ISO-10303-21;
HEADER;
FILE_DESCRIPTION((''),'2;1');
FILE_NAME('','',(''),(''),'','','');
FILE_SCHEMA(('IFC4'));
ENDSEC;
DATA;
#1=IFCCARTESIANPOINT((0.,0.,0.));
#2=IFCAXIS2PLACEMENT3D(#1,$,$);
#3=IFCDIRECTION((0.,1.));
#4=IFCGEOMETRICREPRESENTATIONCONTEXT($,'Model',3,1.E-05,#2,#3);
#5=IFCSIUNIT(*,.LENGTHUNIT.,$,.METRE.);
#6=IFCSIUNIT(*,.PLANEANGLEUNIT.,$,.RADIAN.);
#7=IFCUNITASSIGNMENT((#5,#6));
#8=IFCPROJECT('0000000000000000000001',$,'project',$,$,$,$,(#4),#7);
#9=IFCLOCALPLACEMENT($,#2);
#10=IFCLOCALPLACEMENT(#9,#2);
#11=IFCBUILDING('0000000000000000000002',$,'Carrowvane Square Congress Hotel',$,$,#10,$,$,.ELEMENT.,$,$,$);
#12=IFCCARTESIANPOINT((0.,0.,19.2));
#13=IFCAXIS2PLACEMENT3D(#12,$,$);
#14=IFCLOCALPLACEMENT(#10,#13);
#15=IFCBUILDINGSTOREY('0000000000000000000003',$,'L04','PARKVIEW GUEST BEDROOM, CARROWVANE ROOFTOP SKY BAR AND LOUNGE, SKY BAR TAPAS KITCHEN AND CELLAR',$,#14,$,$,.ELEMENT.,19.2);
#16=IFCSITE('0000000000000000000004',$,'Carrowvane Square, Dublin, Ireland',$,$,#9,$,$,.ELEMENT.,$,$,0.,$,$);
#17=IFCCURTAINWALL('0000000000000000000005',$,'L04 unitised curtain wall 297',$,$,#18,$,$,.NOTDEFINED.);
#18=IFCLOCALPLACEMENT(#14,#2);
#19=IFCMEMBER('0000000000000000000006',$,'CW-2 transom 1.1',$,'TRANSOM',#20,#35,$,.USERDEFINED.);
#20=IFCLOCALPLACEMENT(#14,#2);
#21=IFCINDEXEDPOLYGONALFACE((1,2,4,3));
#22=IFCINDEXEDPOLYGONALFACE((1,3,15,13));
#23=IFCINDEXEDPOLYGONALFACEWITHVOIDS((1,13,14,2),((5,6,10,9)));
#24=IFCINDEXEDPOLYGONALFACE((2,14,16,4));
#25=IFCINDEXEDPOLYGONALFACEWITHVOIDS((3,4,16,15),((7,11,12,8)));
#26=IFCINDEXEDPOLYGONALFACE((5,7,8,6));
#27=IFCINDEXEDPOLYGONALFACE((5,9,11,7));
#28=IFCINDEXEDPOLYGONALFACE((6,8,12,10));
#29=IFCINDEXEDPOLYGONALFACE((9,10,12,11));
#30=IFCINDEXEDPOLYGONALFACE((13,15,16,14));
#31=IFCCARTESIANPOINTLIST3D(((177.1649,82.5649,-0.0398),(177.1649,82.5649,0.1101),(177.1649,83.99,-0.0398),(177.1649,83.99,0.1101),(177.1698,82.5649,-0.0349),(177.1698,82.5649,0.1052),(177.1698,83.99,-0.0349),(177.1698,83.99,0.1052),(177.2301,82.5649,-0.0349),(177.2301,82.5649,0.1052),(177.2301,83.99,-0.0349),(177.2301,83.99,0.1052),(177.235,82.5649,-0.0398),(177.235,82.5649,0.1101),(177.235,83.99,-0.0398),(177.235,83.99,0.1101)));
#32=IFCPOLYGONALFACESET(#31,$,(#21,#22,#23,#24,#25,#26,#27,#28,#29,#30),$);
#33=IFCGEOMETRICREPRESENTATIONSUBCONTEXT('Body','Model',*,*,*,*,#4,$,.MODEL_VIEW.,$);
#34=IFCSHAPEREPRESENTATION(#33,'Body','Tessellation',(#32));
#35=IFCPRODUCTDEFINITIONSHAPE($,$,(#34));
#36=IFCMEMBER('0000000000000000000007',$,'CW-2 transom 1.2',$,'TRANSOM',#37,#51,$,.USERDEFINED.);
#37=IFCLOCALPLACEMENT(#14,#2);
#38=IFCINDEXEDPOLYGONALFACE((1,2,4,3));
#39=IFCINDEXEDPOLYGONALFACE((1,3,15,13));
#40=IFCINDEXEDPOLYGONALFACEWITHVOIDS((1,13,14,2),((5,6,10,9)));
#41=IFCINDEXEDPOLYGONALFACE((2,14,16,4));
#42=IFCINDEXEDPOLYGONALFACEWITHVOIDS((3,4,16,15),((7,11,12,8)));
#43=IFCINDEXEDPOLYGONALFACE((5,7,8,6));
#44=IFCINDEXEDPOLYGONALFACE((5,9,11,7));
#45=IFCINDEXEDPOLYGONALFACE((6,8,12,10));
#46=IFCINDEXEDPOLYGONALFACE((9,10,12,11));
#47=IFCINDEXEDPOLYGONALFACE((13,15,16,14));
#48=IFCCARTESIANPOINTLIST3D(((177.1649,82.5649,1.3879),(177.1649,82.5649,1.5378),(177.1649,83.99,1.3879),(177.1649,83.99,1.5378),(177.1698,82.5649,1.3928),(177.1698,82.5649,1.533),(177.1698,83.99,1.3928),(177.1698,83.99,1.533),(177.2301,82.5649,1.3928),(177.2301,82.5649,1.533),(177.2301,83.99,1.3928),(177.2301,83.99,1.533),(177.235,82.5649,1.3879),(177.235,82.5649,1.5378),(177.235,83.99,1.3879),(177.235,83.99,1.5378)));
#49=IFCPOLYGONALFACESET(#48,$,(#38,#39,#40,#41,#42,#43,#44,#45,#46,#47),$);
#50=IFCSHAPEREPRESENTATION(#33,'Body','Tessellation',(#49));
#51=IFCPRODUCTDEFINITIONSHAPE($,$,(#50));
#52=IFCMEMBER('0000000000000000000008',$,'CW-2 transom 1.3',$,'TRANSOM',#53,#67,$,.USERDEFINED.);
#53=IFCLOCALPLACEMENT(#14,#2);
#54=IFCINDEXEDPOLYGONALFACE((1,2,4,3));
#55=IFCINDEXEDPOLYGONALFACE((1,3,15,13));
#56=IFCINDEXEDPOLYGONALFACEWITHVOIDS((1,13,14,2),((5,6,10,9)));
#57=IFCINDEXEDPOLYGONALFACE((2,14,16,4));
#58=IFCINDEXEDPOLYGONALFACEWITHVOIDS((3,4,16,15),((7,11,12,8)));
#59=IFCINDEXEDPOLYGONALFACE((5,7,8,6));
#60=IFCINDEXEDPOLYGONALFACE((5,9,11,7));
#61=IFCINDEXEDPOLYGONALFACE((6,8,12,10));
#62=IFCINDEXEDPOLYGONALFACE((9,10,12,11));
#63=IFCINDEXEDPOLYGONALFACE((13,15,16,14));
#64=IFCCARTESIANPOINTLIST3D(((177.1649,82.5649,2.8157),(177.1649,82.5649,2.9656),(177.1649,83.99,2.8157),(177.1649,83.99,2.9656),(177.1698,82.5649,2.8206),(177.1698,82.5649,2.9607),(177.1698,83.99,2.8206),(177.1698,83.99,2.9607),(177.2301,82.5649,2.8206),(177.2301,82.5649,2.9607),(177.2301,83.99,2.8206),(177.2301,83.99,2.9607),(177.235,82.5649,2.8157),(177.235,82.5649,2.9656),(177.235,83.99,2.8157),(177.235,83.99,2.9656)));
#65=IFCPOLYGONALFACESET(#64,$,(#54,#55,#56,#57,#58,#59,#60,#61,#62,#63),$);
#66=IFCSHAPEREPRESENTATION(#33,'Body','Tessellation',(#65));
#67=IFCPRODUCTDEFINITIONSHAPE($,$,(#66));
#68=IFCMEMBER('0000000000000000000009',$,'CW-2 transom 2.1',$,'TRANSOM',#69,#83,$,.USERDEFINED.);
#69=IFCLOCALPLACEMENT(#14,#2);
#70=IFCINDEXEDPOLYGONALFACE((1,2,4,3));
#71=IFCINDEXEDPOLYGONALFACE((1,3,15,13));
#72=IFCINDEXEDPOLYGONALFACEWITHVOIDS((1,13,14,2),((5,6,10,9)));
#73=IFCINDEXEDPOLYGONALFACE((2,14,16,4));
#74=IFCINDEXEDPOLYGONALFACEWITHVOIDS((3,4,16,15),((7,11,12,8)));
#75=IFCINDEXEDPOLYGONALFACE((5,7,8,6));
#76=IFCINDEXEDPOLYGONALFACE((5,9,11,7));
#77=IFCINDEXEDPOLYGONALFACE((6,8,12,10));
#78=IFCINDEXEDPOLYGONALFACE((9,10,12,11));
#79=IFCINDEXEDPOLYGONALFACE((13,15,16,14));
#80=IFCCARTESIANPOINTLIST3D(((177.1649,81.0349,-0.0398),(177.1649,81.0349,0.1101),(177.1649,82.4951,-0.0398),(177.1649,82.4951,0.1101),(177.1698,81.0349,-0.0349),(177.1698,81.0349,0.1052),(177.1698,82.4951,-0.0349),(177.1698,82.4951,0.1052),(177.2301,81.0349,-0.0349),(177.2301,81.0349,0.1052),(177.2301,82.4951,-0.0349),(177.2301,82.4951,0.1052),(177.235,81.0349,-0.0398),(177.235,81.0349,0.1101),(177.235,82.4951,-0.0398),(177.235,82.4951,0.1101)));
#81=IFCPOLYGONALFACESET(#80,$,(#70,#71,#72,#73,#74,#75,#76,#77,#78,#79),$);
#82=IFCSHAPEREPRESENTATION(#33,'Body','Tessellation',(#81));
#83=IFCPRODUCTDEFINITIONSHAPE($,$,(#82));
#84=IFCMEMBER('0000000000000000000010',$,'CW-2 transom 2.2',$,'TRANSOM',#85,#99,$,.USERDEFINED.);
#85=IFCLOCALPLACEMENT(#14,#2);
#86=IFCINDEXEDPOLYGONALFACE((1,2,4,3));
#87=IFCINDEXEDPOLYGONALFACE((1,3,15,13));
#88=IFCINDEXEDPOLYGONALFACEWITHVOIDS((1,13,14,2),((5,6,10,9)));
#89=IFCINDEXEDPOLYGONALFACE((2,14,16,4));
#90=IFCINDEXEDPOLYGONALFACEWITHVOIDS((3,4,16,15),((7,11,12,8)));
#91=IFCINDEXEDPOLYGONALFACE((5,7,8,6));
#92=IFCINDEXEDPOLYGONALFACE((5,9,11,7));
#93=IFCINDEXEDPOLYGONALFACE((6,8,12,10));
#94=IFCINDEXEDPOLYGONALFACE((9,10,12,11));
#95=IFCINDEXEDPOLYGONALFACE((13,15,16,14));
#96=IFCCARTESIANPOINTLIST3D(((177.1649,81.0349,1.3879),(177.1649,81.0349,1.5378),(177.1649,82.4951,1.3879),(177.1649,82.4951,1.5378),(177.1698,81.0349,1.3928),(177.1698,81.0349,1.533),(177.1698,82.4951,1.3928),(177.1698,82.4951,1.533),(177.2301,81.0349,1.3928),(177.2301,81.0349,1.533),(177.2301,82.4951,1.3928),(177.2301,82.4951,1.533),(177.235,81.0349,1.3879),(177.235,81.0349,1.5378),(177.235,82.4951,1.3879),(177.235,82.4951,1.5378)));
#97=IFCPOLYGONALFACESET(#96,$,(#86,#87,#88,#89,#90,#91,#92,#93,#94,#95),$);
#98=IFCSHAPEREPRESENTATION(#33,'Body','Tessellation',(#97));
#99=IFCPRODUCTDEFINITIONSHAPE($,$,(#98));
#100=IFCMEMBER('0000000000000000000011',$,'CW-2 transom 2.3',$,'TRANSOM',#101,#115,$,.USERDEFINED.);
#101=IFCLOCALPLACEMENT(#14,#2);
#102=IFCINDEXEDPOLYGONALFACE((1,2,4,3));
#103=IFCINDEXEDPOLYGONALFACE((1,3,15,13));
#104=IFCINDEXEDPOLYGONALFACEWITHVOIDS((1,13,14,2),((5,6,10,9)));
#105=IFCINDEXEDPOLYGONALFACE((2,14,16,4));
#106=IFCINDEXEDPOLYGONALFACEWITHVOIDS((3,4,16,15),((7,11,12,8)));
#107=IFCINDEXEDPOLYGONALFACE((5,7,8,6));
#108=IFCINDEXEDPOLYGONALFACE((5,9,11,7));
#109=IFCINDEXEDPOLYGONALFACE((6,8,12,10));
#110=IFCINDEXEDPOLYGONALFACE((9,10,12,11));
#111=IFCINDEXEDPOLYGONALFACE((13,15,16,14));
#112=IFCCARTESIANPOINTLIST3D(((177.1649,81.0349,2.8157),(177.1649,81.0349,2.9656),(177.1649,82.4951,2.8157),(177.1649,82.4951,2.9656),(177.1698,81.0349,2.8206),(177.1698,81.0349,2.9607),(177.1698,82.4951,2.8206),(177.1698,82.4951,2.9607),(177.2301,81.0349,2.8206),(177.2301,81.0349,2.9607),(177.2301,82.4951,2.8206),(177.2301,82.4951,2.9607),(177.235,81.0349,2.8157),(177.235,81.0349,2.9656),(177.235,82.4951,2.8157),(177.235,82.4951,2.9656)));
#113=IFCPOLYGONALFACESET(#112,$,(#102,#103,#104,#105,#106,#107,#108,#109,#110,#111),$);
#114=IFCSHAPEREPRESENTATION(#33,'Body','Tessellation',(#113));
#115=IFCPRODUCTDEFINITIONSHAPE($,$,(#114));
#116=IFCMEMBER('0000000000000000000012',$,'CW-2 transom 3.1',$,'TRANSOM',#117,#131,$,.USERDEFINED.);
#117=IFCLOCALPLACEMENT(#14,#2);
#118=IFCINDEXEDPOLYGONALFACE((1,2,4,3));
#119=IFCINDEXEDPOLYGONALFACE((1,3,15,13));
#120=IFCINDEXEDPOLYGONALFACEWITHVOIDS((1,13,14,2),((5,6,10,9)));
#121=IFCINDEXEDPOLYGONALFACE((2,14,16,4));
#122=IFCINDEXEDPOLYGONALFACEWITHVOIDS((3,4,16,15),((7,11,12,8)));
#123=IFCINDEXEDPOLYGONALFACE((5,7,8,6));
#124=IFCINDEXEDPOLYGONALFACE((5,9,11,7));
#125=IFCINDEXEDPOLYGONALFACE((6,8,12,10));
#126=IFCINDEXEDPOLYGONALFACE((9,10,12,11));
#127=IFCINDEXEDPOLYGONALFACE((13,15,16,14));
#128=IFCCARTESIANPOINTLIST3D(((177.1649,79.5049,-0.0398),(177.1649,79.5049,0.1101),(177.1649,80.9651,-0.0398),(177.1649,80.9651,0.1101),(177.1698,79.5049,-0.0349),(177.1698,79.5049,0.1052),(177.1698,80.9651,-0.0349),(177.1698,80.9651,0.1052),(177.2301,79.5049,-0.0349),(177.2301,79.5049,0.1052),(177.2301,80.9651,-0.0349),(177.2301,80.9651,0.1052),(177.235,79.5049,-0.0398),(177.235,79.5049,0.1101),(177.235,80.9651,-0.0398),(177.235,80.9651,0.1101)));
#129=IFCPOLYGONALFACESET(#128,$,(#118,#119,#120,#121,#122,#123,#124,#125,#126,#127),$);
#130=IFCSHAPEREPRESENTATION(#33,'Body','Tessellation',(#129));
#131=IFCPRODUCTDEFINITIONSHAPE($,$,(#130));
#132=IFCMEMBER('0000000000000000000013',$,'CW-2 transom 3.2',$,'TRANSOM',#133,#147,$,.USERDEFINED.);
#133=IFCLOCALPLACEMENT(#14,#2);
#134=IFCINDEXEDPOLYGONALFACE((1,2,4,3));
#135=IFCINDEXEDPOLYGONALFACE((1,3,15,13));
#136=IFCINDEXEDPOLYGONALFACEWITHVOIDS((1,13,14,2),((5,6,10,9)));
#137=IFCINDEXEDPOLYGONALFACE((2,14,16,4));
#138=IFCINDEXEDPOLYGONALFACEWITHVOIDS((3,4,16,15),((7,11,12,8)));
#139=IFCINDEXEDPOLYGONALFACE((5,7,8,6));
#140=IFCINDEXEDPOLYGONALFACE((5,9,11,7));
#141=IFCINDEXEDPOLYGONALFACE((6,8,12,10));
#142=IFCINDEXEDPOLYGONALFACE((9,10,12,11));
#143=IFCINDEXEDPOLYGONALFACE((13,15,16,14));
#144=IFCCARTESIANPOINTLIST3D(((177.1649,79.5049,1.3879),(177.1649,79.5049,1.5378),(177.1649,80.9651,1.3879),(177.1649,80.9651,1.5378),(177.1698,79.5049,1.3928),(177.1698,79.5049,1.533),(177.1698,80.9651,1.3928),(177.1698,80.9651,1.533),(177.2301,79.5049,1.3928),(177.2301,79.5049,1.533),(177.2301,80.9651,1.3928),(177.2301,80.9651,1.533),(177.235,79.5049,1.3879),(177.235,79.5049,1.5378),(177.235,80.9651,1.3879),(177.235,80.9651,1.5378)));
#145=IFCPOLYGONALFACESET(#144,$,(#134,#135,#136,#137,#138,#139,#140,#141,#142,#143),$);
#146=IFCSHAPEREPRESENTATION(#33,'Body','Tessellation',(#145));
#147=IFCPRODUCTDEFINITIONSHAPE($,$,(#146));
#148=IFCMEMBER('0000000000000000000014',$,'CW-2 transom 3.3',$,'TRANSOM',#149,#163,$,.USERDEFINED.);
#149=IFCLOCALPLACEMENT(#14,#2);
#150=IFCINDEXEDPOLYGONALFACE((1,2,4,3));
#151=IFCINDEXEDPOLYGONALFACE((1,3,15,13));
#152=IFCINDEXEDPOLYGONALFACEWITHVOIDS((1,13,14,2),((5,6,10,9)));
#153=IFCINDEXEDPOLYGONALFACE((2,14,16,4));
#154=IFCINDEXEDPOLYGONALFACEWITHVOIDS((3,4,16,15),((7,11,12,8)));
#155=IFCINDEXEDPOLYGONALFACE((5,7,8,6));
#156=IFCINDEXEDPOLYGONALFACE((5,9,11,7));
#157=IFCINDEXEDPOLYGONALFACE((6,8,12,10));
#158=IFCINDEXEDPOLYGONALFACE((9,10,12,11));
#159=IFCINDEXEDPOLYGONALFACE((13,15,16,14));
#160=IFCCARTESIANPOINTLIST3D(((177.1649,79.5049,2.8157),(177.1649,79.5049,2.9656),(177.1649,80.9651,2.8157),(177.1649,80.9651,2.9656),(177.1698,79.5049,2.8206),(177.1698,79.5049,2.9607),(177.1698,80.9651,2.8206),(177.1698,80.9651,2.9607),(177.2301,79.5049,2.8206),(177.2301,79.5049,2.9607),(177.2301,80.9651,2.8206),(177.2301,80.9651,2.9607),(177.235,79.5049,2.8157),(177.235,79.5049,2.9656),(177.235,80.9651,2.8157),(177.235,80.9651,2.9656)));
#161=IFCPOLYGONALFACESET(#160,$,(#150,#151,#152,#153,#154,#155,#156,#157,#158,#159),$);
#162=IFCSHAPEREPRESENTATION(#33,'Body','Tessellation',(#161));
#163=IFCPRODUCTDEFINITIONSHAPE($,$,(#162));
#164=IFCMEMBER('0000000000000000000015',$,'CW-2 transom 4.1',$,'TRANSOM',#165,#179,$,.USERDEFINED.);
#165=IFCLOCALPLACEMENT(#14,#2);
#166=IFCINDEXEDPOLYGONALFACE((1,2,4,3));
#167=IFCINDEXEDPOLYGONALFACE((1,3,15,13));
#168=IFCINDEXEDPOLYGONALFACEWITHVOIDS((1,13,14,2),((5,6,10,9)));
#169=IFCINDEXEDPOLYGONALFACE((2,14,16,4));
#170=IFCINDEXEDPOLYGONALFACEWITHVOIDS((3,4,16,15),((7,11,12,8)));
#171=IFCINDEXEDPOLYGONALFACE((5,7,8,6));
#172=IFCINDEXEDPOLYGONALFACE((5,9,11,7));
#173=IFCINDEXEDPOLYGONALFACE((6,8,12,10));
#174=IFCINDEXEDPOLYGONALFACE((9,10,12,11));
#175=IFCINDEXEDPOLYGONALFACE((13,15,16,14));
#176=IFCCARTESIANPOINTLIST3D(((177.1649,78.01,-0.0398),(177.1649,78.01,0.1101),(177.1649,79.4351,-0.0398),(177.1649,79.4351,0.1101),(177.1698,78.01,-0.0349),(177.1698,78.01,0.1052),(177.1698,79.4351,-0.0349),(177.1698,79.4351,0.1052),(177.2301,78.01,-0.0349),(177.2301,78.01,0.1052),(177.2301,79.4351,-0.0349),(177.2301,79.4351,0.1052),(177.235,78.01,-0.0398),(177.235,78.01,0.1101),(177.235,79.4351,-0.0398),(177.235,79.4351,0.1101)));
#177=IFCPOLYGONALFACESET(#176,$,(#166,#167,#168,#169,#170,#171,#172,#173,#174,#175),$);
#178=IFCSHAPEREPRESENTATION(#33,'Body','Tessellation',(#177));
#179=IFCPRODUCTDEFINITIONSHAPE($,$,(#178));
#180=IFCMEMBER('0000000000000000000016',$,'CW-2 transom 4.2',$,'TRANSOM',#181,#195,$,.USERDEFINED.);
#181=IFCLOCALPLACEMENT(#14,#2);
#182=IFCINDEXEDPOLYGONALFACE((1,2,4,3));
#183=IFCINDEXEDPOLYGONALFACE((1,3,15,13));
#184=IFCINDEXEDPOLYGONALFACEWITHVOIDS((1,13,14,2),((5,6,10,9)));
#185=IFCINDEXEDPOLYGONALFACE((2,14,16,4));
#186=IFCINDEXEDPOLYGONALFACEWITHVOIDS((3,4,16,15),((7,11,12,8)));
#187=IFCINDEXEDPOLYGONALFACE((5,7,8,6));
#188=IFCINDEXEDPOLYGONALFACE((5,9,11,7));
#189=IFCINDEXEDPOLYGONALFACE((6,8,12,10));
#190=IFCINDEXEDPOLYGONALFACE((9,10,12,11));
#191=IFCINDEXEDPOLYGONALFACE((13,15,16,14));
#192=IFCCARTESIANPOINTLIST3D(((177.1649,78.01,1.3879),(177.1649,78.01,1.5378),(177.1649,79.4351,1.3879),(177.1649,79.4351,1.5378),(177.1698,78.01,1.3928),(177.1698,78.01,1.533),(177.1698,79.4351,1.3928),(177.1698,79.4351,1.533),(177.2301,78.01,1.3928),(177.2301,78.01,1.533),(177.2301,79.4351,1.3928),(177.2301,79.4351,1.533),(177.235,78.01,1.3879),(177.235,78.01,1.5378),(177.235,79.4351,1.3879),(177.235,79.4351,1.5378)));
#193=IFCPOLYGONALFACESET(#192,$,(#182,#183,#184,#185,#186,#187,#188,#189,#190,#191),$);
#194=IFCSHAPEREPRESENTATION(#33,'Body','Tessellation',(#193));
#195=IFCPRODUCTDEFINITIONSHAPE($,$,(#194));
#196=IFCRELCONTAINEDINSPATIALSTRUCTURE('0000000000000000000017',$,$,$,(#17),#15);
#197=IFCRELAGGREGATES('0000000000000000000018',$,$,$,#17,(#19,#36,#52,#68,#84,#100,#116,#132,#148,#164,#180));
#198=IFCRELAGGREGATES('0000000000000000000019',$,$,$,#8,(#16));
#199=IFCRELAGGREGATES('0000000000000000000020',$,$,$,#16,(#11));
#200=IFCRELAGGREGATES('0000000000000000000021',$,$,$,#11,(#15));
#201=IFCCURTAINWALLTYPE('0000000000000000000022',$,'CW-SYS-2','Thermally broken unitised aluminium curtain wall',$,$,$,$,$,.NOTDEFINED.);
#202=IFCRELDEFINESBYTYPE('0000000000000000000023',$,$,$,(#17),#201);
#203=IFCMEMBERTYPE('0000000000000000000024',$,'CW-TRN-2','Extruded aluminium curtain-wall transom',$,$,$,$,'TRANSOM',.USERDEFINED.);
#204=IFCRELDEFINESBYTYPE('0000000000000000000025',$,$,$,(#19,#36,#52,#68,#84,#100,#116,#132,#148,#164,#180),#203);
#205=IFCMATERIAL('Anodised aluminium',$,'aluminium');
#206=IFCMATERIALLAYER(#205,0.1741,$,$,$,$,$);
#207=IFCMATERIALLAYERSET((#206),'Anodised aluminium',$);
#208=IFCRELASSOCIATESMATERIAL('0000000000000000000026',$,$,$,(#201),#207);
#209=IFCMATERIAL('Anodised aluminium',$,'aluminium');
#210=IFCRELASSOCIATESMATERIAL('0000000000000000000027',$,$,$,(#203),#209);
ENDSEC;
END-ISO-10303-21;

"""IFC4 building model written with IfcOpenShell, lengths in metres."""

from ifc_helpers import new_model, si_unit, direction, frame, origin, origin_2d, place, context, subcontext, project, spatial, hollow_rectangle, extrude, material, layer, layer_set, material_profile, profile_set, type_object, element, aggregate, save


model = new_model("IFC4")

# Units and contexts
model_context = context("Model", 3, precision=1e-05, world=origin(), true_north=direction((0.0, 1.0)))
body_context = subcontext(model_context, "Body", "Model", "MODEL_VIEW")
ifc_project = project(units=[si_unit("LENGTHUNIT", "METRE"), si_unit("PLANEANGLEUNIT", "RADIAN")], contexts=[model_context])

# Site, building, storey
site_placement = place(None, origin())
site = spatial("IfcSite", under=ifc_project, at=site_placement, Name="Carrowvane Square, Dublin, Ireland", CompositionType="ELEMENT", RefElevation=0.0)
building_placement = place(site_placement, origin())
building = spatial("IfcBuilding", under=site, at=building_placement, Name="Carrowvane Square Congress Hotel", CompositionType="ELEMENT")
storey_placement = place(building_placement, frame((0.0, 0.0, 19.2)))
storey = spatial("IfcBuildingStorey", under=building, at=storey_placement, Name="L04", Description="PARKVIEW GUEST BEDROOM, CARROWVANE ROOFTOP SKY BAR AND LOUNGE, SKY BAR TAPAS KITCHEN AND CELLAR", CompositionType="ELEMENT", Elevation=19.2)

# Curtain wall, members
ifc_material_1 = material(Name="Anodised aluminium", Category="aluminium")
ifc_layer_1 = layer(ifc_material_1, 0.1741)
ifc_layer_set_1 = layer_set([ifc_layer_1], Name="Anodised aluminium")
curtain_wall_type = type_object("IfcCurtainWallType", Name="CW-SYS-2", Description="Thermally broken unitised aluminium curtain wall", PredefinedType="NOTDEFINED", material=ifc_layer_set_1)
curtain_wall_placement = place(storey_placement, origin())
curtain_wall = element("IfcCurtainWall", 1, at=curtain_wall_placement, inside=storey, type_object=curtain_wall_type, Name="L04 unitised curtain wall 297", PredefinedType="NOTDEFINED")
ifc_material_2 = material(Name="Anodised aluminium", Category="aluminium")
ifc_material_profile_1 = material_profile(ifc_material_2, hollow_rectangle(XDim=0.0701, YDim=0.1499, WallThickness=0.0049, at=origin_2d()), Name="CW-TR 70x150x5")
ifc_profile_set_1 = profile_set([ifc_material_profile_1], Name="Anodised aluminium")
member_type_1 = type_object("IfcMemberType", Name="CW-TRN-2", Description="Extruded aluminium curtain-wall transom", ElementType="TRANSOM", PredefinedType="USERDEFINED", material=ifc_profile_set_1)
member_1_placement = place(storey_placement, frame((177.2, 83.99, 0.0352), z_axis=(0.0, -1.0, 0.0), x_axis=(1.0, 0.0, 0.0)))
member_1 = element("IfcMember", 2, at=member_1_placement, type_object=member_type_1, Name="CW-2 transom 1.1", ObjectType="TRANSOM", PredefinedType="USERDEFINED", context=body_context, shape_type="SweptSolid", body=[
    extrude(hollow_rectangle(XDim=0.0701, YDim=0.1499, WallThickness=0.0049, at=origin_2d()), origin(), (0.0, 0.0, 1.0), 1.425),
])
member_2_placement = place(storey_placement, frame((177.2, 83.99, 1.4629), z_axis=(0.0, -1.0, 0.0), x_axis=(1.0, 0.0, 0.0)))
member_2 = element("IfcMember", 3, at=member_2_placement, type_object=member_type_1, Name="CW-2 transom 1.2", ObjectType="TRANSOM", PredefinedType="USERDEFINED", context=body_context, shape_type="SweptSolid", body=[
    extrude(hollow_rectangle(XDim=0.0701, YDim=0.1499, WallThickness=0.0049, at=origin_2d()), origin(), (0.0, 0.0, 1.0), 1.425),
])
member_3_placement = place(storey_placement, frame((177.2, 83.99, 2.8906), z_axis=(0.0, -1.0, 0.0), x_axis=(1.0, 0.0, 0.0)))
member_3 = element("IfcMember", 4, at=member_3_placement, type_object=member_type_1, Name="CW-2 transom 1.3", ObjectType="TRANSOM", PredefinedType="USERDEFINED", context=body_context, shape_type="SweptSolid", body=[
    extrude(hollow_rectangle(XDim=0.0701, YDim=0.1499, WallThickness=0.0049, at=origin_2d()), origin(), (0.0, 0.0, 1.0), 1.425),
])
member_4_placement = place(storey_placement, frame((177.2, 82.4951, 0.0352), z_axis=(0.0, -1.0, 0.0), x_axis=(1.0, 0.0, 0.0)))
member_4 = element("IfcMember", 5, at=member_4_placement, type_object=member_type_1, Name="CW-2 transom 2.1", ObjectType="TRANSOM", PredefinedType="USERDEFINED", context=body_context, shape_type="SweptSolid", body=[
    extrude(hollow_rectangle(XDim=0.0701, YDim=0.1499, WallThickness=0.0049, at=origin_2d()), origin(), (0.0, 0.0, 1.0), 1.4602),
])
member_5_placement = place(storey_placement, frame((177.2, 82.4951, 1.4629), z_axis=(0.0, -1.0, 0.0), x_axis=(1.0, 0.0, 0.0)))
member_5 = element("IfcMember", 6, at=member_5_placement, type_object=member_type_1, Name="CW-2 transom 2.2", ObjectType="TRANSOM", PredefinedType="USERDEFINED", context=body_context, shape_type="SweptSolid", body=[
    extrude(hollow_rectangle(XDim=0.0701, YDim=0.1499, WallThickness=0.0049, at=origin_2d()), origin(), (0.0, 0.0, 1.0), 1.4602),
])
member_6_placement = place(storey_placement, frame((177.2, 82.4951, 2.8906), z_axis=(0.0, -1.0, 0.0), x_axis=(1.0, 0.0, 0.0)))
member_6 = element("IfcMember", 7, at=member_6_placement, type_object=member_type_1, Name="CW-2 transom 2.3", ObjectType="TRANSOM", PredefinedType="USERDEFINED", context=body_context, shape_type="SweptSolid", body=[
    extrude(hollow_rectangle(XDim=0.0701, YDim=0.1499, WallThickness=0.0049, at=origin_2d()), origin(), (0.0, 0.0, 1.0), 1.4602),
])
member_7_placement = place(storey_placement, frame((177.2, 80.9651, 0.0352), z_axis=(0.0, -1.0, 0.0), x_axis=(1.0, 0.0, 0.0)))
member_7 = element("IfcMember", 8, at=member_7_placement, type_object=member_type_1, Name="CW-2 transom 3.1", ObjectType="TRANSOM", PredefinedType="USERDEFINED", context=body_context, shape_type="SweptSolid", body=[
    extrude(hollow_rectangle(XDim=0.0701, YDim=0.1499, WallThickness=0.0049, at=origin_2d()), origin(), (0.0, 0.0, 1.0), 1.4602),
])
member_8_placement = place(storey_placement, frame((177.2, 80.9651, 1.4629), z_axis=(0.0, -1.0, 0.0), x_axis=(1.0, 0.0, 0.0)))
member_8 = element("IfcMember", 9, at=member_8_placement, type_object=member_type_1, Name="CW-2 transom 3.2", ObjectType="TRANSOM", PredefinedType="USERDEFINED", context=body_context, shape_type="SweptSolid", body=[
    extrude(hollow_rectangle(XDim=0.0701, YDim=0.1499, WallThickness=0.0049, at=origin_2d()), origin(), (0.0, 0.0, 1.0), 1.4602),
])
member_9_placement = place(storey_placement, frame((177.2, 80.9651, 2.8906), z_axis=(0.0, -1.0, 0.0), x_axis=(1.0, 0.0, 0.0)))
member_9 = element("IfcMember", 10, at=member_9_placement, type_object=member_type_1, Name="CW-2 transom 3.3", ObjectType="TRANSOM", PredefinedType="USERDEFINED", context=body_context, shape_type="SweptSolid", body=[
    extrude(hollow_rectangle(XDim=0.0701, YDim=0.1499, WallThickness=0.0049, at=origin_2d()), origin(), (0.0, 0.0, 1.0), 1.4602),
])
member_10_placement = place(storey_placement, frame((177.2, 79.4351, 0.0352), z_axis=(0.0, -1.0, 0.0), x_axis=(1.0, 0.0, 0.0)))
member_10 = element("IfcMember", 11, at=member_10_placement, type_object=member_type_1, Name="CW-2 transom 4.1", ObjectType="TRANSOM", PredefinedType="USERDEFINED", context=body_context, shape_type="SweptSolid", body=[
    extrude(hollow_rectangle(XDim=0.0701, YDim=0.1499, WallThickness=0.0049, at=origin_2d()), origin(), (0.0, 0.0, 1.0), 1.425),
])
member_11_placement = place(storey_placement, frame((177.2, 79.4351, 1.4629), z_axis=(0.0, -1.0, 0.0), x_axis=(1.0, 0.0, 0.0)))
member_11 = element("IfcMember", 12, at=member_11_placement, type_object=member_type_1, Name="CW-2 transom 4.2", ObjectType="TRANSOM", PredefinedType="USERDEFINED", context=body_context, shape_type="SweptSolid", body=[
    extrude(hollow_rectangle(XDim=0.0701, YDim=0.1499, WallThickness=0.0049, at=origin_2d()), origin(), (0.0, 0.0, 1.0), 1.425),
])
aggregate(curtain_wall, [member_1, member_2, member_3, member_4, member_5, member_6, member_7, member_8, member_9, member_10, member_11])

save(model, "model.ifc")
